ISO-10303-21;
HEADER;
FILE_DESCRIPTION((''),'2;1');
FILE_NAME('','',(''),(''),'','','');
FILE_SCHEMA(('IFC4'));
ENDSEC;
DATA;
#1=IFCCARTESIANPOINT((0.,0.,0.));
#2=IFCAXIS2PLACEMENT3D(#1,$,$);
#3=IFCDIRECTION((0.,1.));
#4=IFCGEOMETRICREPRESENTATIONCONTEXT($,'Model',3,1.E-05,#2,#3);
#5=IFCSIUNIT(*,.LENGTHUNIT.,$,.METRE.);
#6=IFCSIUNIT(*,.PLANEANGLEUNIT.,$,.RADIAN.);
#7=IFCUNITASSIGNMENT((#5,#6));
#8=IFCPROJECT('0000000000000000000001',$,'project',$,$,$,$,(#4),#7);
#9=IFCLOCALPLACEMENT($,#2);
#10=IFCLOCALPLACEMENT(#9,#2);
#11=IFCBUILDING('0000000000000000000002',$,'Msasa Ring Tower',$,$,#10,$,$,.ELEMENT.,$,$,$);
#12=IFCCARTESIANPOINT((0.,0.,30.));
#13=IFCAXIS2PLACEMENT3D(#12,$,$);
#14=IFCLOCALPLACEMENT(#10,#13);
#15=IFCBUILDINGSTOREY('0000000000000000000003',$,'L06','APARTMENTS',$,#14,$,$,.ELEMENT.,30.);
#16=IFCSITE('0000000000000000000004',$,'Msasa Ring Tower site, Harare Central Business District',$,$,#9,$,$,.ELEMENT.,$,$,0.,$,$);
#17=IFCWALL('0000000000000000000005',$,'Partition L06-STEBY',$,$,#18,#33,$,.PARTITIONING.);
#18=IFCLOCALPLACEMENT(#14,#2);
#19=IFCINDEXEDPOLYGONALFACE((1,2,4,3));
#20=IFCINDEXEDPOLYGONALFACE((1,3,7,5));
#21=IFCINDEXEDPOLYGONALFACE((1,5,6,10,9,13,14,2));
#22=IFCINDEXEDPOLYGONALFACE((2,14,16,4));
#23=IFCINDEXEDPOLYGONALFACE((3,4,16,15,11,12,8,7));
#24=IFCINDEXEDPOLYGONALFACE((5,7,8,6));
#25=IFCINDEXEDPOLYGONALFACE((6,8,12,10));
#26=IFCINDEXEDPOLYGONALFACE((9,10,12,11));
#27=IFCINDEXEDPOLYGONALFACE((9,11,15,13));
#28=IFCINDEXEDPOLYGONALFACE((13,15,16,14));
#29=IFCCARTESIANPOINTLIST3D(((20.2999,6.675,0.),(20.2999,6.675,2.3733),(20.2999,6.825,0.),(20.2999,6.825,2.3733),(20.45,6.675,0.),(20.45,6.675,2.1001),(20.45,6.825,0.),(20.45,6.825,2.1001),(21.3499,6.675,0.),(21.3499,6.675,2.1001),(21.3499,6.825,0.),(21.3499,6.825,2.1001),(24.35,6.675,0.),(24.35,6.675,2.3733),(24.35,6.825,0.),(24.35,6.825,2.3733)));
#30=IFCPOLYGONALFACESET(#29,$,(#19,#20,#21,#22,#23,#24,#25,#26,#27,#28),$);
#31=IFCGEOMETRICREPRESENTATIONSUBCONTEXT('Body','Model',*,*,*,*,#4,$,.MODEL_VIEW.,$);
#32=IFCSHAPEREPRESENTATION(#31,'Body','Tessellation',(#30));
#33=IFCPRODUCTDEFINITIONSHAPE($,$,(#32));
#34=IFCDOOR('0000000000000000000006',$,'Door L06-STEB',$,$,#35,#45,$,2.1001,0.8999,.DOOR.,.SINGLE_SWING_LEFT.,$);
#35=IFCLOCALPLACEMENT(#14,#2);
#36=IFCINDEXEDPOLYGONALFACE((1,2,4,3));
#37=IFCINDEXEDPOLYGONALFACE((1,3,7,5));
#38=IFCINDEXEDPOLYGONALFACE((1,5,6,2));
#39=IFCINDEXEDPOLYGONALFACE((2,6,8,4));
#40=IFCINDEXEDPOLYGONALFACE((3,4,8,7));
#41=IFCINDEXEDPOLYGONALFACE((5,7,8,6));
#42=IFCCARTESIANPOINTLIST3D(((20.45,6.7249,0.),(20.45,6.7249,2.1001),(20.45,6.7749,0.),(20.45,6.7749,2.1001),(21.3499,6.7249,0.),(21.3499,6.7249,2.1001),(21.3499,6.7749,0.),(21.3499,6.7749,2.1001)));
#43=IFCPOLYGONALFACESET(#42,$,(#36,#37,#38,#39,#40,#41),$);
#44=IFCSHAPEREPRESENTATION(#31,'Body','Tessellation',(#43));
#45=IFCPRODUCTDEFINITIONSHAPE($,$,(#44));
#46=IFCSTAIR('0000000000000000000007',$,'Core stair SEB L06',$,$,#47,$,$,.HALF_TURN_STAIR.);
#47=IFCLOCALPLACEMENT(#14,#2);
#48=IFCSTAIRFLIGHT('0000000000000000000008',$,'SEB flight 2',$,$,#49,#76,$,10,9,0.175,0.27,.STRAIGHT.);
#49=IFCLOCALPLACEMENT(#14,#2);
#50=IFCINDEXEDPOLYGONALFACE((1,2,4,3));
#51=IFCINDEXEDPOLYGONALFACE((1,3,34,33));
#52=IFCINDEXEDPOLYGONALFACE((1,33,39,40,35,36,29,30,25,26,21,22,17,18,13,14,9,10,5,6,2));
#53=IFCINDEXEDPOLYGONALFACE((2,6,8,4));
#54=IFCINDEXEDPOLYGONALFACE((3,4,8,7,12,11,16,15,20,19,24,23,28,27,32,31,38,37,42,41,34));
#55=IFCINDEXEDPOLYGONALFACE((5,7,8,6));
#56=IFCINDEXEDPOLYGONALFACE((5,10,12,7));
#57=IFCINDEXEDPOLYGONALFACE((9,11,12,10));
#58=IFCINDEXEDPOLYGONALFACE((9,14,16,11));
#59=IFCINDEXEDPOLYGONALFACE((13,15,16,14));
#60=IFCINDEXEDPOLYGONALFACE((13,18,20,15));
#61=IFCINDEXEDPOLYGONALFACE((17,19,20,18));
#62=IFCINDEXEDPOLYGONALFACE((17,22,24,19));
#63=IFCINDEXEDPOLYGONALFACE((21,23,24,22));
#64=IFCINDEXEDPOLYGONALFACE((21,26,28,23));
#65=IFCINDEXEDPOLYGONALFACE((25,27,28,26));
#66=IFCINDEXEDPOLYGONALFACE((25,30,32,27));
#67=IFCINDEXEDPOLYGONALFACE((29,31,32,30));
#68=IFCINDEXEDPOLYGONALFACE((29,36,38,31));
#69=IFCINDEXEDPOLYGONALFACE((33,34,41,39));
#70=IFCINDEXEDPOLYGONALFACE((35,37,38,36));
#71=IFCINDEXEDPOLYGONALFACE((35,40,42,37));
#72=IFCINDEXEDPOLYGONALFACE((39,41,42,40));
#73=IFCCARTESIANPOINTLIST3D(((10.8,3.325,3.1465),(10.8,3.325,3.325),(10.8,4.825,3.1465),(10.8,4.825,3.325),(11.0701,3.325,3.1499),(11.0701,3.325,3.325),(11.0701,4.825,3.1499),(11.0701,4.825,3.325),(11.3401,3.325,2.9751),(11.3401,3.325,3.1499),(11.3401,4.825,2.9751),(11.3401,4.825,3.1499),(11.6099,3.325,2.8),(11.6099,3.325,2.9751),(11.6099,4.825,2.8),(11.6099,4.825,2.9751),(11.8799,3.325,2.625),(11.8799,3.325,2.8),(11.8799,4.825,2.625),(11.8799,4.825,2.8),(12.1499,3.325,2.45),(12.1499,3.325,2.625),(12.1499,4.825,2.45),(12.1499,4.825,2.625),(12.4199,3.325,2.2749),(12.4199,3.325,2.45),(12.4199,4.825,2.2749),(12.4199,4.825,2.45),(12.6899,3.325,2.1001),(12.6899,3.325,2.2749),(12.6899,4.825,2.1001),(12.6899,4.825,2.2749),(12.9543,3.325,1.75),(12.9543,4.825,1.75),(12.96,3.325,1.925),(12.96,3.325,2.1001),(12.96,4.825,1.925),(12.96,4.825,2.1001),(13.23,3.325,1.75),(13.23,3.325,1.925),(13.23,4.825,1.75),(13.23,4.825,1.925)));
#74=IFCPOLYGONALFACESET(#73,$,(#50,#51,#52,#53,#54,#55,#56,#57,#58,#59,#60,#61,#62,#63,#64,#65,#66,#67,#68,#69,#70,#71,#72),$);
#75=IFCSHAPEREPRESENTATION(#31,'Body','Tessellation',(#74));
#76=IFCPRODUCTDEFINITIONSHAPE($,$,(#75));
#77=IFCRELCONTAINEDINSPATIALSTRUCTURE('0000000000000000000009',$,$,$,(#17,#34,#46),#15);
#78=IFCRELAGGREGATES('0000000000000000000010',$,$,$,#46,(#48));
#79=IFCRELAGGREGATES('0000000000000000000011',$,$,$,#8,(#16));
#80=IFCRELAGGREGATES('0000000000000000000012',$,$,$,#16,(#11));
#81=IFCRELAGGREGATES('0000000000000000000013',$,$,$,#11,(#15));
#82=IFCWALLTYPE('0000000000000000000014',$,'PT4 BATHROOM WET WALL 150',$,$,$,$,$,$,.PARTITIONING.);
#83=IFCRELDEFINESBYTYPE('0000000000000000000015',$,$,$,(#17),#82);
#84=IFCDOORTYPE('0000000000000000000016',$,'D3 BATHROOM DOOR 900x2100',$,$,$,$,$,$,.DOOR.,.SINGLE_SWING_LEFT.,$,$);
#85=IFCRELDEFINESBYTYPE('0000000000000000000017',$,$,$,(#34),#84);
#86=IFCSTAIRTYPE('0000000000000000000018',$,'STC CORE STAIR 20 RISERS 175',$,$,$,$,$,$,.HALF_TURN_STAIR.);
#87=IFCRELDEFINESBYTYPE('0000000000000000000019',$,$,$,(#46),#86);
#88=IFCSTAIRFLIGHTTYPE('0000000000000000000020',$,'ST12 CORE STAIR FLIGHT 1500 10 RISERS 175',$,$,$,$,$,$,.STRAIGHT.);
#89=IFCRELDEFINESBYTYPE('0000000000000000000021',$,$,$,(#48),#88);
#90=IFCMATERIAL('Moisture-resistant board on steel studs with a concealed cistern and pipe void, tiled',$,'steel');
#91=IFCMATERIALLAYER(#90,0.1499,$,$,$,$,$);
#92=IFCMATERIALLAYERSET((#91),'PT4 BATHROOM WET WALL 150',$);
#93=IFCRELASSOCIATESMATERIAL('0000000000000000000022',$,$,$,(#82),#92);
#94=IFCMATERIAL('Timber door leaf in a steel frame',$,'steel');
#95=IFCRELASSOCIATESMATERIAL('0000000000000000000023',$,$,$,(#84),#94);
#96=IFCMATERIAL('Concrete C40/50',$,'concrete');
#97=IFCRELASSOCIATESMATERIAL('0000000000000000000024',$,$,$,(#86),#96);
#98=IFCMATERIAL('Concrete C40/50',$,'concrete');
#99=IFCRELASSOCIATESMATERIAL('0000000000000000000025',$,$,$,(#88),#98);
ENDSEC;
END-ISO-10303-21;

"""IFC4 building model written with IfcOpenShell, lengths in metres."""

from ifc_helpers import new_model, si_unit, direction, frame, frame_2d, origin, place, context, subcontext, project, spatial, polyline, rectangle, outline, extrude, material, layer, layer_set, type_object, element, fill, aggregate, save


model = new_model("IFC4")

# Units and contexts
model_context = context("Model", 3, precision=1e-05, world=origin(), true_north=direction((0.0, 1.0)))
body_context = subcontext(model_context, "Body", "Model", "MODEL_VIEW")
ifc_project = project(units=[si_unit("LENGTHUNIT", "METRE"), si_unit("PLANEANGLEUNIT", "RADIAN")], contexts=[model_context])

# Site, building, storey
site_placement = place(None, origin())
site = spatial("IfcSite", under=ifc_project, at=site_placement, Name="Msasa Ring Tower site, Harare Central Business District", CompositionType="ELEMENT", RefElevation=0.0)
building_placement = place(site_placement, origin())
building = spatial("IfcBuilding", under=site, at=building_placement, Name="Msasa Ring Tower", CompositionType="ELEMENT")
storey_placement = place(building_placement, frame((0.0, 0.0, 30.0)))
storey = spatial("IfcBuildingStorey", under=building, at=storey_placement, Name="L06", Description="APARTMENTS", CompositionType="ELEMENT", Elevation=30.0)

# Wall, opening, door
ifc_material_1 = material(Name="Moisture-resistant board on steel studs with a concealed cistern and pipe void, tiled", Category="steel")
ifc_layer_1 = layer(ifc_material_1, 0.1499)
ifc_layer_set_1 = layer_set([ifc_layer_1], Name="PT4 BATHROOM WET WALL 150")
wall_type_1 = type_object("IfcWallType", Name="PT4 BATHROOM WET WALL 150", PredefinedType="PARTITIONING", material=ifc_layer_set_1)
ifc_material_2 = material(Name="Timber door leaf in a steel frame", Category="steel")
door_type = type_object("IfcDoorType", Name="D3 BATHROOM DOOR 900x2100", OperationType="SINGLE_SWING_LEFT", PredefinedType="DOOR", material=ifc_material_2)
wall_1_placement = place(storey_placement, frame((20.3, 6.75, 0.0), z_axis=(0.0, 0.0, 1.0), x_axis=(1.0, 0.0, 0.0)))
wall_1 = element("IfcWall", 1, at=wall_1_placement, inside=storey, type_object=wall_type_1, Name="Partition L06-STEBY", PredefinedType="PARTITIONING", context=body_context, shape_type="SweptSolid", body=[
    extrude(rectangle(XDim=4.05, YDim=0.1499, at=frame_2d((2.0249, 0.0))), origin(), (0.0, 0.0, 1.0), 2.3733),
])
opening_1_placement = place(wall_1_placement, frame((0.1499, 0.0, 0.0)))
opening_1 = element("IfcOpeningElement", 2, at=opening_1_placement, cuts=wall_1, PredefinedType="OPENING", context=body_context, shape_type="SweptSolid", body=[
    extrude(rectangle(XDim=0.8999, YDim=2.1001, at=frame_2d((0.45, 1.05))), frame((0.0, 0.085, 0.0), z_axis=(0.0, -1.0, 0.0), x_axis=(1.0, 0.0, 0.0)), (0.0, 0.0, 1.0), 0.1699),
])
door_1_placement = place(opening_1_placement, origin())
door_1 = element("IfcDoor", 3, at=door_1_placement, inside=storey, type_object=door_type, Name="Door L06-STEB", OperationType="SINGLE_SWING_LEFT", OverallHeight=2.1001, OverallWidth=0.8999, PredefinedType="DOOR", context=body_context, shape_type="SweptSolid", body=[
    extrude(rectangle(XDim=0.8999, YDim=2.1001, at=frame_2d((0.45, 1.05))), frame((0.0, 0.0249, 0.0), z_axis=(0.0, -1.0, 0.0), x_axis=(1.0, 0.0, 0.0)), (0.0, 0.0, 1.0), 0.05),
])
fill(opening_1, door_1)

# Stair, stair flight
ifc_material_3 = material(Name="Concrete C40/50", Category="concrete")
stair_type = type_object("IfcStairType", Name="STC CORE STAIR 20 RISERS 175", PredefinedType="HALF_TURN_STAIR", material=ifc_material_3)
stair_placement = place(storey_placement, origin())
stair = element("IfcStair", 4, at=stair_placement, inside=storey, type_object=stair_type, Name="Core stair SEB L06", PredefinedType="HALF_TURN_STAIR")
ifc_material_4 = material(Name="Concrete C40/50", Category="concrete")
stair_flight_type = type_object("IfcStairFlightType", Name="ST12 CORE STAIR FLIGHT 1500 10 RISERS 175", PredefinedType="STRAIGHT", material=ifc_material_4)
stair_flight_placement = place(storey_placement, frame((13.23, 4.075, 1.75), z_axis=(0.0, 0.0, 1.0), x_axis=(-1.0, 0.0, 0.0)))
stair_flight = element("IfcStairFlight", 5, at=stair_flight_placement, type_object=stair_flight_type, Name="SEB flight 2", NumberOfRisers=10, NumberOfTreads=9, PredefinedType="STRAIGHT", RiserHeight=0.175, TreadLength=0.27, context=body_context, shape_type="SweptSolid", body=[
    extrude(outline(polyline([(0.0, 0.0), (0.0, 0.175), (0.27, 0.175), (0.27, 0.3501), (0.54, 0.3501), (0.54, 0.5249), (0.8101, 0.5249), (0.8101, 0.7), (1.0801, 0.7), (1.0801, 0.875), (1.3501, 0.875), (1.3501, 1.05), (1.6201, 1.05), (1.6201, 1.2251), (1.8899, 1.2251), (1.8899, 1.3999), (2.1599, 1.3999), (2.1599, 1.575), (2.4299, 1.575), (2.4299, 1.75), (2.4299, 1.3965), (0.2756, 0.0), (0.0, 0.0)])), frame((0.0, 0.75, 0.0), z_axis=(0.0, -1.0, 0.0), x_axis=(1.0, 0.0, 0.0)), (0.0, 0.0, 1.0), 1.5),
])
aggregate(stair, [stair_flight])

save(model, "model.ifc")
